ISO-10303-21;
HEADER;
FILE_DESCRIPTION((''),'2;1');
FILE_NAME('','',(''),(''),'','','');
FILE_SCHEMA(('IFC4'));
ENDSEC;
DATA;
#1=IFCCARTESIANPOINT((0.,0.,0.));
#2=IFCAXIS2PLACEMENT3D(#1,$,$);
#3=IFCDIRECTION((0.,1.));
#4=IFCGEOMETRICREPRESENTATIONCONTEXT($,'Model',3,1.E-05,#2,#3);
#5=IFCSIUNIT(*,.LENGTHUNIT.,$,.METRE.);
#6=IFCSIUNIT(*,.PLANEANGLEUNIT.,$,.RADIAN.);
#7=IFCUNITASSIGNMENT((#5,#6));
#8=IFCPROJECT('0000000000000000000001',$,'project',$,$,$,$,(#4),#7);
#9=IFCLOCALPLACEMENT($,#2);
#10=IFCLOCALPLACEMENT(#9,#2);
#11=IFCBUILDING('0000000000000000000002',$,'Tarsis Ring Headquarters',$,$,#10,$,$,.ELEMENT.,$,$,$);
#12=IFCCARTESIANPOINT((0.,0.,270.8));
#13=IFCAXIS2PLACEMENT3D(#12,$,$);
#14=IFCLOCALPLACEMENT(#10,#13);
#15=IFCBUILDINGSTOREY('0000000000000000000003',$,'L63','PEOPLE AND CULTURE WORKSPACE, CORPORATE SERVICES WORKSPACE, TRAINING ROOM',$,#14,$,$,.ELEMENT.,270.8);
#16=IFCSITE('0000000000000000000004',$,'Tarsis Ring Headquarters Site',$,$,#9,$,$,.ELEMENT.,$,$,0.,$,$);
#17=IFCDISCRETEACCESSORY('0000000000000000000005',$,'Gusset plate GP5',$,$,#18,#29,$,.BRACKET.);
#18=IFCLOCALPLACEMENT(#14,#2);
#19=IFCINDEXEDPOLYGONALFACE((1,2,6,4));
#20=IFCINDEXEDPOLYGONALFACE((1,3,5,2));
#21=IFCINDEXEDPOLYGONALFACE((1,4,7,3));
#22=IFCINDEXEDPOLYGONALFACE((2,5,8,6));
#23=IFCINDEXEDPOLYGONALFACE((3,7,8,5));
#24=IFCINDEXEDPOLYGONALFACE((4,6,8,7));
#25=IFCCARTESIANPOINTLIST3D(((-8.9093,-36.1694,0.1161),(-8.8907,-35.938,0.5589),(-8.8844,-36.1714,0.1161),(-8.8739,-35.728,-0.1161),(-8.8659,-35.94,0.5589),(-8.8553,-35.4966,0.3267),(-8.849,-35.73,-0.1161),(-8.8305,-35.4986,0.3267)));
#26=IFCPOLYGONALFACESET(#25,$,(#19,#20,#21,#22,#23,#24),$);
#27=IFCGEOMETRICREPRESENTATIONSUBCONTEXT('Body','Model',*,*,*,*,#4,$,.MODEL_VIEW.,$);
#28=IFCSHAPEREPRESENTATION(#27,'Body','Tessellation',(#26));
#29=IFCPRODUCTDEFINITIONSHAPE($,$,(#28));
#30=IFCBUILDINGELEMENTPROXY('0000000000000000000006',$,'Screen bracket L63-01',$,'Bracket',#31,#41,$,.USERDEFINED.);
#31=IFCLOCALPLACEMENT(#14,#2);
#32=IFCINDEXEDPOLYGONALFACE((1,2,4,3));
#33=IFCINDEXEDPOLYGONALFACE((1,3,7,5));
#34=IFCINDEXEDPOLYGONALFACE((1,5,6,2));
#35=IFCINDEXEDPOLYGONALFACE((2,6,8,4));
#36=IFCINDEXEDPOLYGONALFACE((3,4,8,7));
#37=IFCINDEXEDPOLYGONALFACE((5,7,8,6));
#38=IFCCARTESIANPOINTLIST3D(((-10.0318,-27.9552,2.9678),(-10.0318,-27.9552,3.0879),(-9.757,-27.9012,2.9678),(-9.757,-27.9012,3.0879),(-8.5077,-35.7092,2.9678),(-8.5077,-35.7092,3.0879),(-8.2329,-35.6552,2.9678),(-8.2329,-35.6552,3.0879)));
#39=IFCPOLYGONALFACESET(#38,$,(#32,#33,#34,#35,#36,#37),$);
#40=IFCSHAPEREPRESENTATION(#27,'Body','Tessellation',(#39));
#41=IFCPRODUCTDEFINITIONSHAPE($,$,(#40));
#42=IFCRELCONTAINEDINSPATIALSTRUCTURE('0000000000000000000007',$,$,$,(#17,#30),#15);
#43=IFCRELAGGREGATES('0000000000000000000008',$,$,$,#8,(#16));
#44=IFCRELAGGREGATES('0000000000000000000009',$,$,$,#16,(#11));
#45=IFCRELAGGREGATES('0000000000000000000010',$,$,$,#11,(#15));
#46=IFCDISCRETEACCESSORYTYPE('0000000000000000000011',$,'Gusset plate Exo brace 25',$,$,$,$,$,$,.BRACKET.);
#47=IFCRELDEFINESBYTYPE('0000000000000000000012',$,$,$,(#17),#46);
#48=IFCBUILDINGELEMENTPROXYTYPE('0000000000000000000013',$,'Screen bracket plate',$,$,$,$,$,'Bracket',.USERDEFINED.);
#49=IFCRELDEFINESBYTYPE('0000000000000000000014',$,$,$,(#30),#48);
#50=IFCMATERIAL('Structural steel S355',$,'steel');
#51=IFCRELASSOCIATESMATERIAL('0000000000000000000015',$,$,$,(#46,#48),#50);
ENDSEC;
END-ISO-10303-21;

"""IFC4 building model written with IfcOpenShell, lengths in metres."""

from ifc_helpers import new_model, si_unit, direction, frame, origin, origin_2d, place, context, subcontext, project, spatial, rectangle, extrude, material, material_profile, profile_set, type_object, element, save


model = new_model("IFC4")

# Units and contexts
model_context = context("Model", 3, precision=1e-05, world=origin(), true_north=direction((0.0, 1.0)))
body_context = subcontext(model_context, "Body", "Model", "MODEL_VIEW")
ifc_project = project(units=[si_unit("LENGTHUNIT", "METRE"), si_unit("PLANEANGLEUNIT", "RADIAN")], contexts=[model_context])

# Site, building, storey
site_placement = place(None, origin())
site = spatial("IfcSite", under=ifc_project, at=site_placement, Name="Tarsis Ring Headquarters Site", CompositionType="ELEMENT", RefElevation=0.0)
building_placement = place(site_placement, origin())
building = spatial("IfcBuilding", under=site, at=building_placement, Name="Tarsis Ring Headquarters", CompositionType="ELEMENT")
storey_placement = place(building_placement, frame((0.0, 0.0, 270.8)))
storey = spatial("IfcBuildingStorey", under=building, at=storey_placement, Name="L63", Description="PEOPLE AND CULTURE WORKSPACE, CORPORATE SERVICES WORKSPACE, TRAINING ROOM", CompositionType="ELEMENT", Elevation=270.8)

# Shared definitions
ifc_material_1 = material(Name="Structural steel S355", Category="steel")

# Discrete accessory
ifc_material_profile_1 = material_profile(ifc_material_1, rectangle(XDim=0.0249, YDim=0.5, at=origin_2d()), Name="PL 25x500")
ifc_profile_set_1 = profile_set([ifc_material_profile_1], Name="Structural steel S355")
discrete_accessory_type = type_object("IfcDiscreteAccessoryType", Name="Gusset plate Exo brace 25", PredefinedType="BRACKET", material=ifc_profile_set_1)
discrete_accessory_1_placement = place(storey_placement, frame((-8.8792, -35.9497, 0.0), z_axis=(0.037106, 0.462848, 0.885661), x_axis=(-0.996802, 0.079912, 0.0)))
element("IfcDiscreteAccessory", 1, at=discrete_accessory_1_placement, inside=storey, type_object=discrete_accessory_type, Name="Gusset plate GP5", PredefinedType="BRACKET", context=body_context, shape_type="SweptSolid", body=[
    extrude(rectangle(XDim=0.0249, YDim=0.5, at=origin_2d()), origin(), (0.0, 0.0, 1.0), 0.5),
])

# Building element proxy
building_element_proxy_type = type_object("IfcBuildingElementProxyType", Name="Screen bracket plate", ElementType="Bracket", PredefinedType="USERDEFINED", material=ifc_material_1)
proxy_placement = place(storey_placement, frame((-9.1323, -31.8052, 2.9678), z_axis=(0.0, 0.0, 1.0), x_axis=(0.192865, -0.981225, 0.0)))
element("IfcBuildingElementProxy", 2, at=proxy_placement, inside=storey, type_object=building_element_proxy_type, Name="Screen bracket L63-01", ObjectType="Bracket", PredefinedType="USERDEFINED", context=body_context, shape_type="SweptSolid", body=[
    extrude(rectangle(XDim=7.9023, YDim=0.28, at=origin_2d()), origin(), (0.0, 0.0, 1.0), 0.1201),
])

save(model, "model.ifc")
